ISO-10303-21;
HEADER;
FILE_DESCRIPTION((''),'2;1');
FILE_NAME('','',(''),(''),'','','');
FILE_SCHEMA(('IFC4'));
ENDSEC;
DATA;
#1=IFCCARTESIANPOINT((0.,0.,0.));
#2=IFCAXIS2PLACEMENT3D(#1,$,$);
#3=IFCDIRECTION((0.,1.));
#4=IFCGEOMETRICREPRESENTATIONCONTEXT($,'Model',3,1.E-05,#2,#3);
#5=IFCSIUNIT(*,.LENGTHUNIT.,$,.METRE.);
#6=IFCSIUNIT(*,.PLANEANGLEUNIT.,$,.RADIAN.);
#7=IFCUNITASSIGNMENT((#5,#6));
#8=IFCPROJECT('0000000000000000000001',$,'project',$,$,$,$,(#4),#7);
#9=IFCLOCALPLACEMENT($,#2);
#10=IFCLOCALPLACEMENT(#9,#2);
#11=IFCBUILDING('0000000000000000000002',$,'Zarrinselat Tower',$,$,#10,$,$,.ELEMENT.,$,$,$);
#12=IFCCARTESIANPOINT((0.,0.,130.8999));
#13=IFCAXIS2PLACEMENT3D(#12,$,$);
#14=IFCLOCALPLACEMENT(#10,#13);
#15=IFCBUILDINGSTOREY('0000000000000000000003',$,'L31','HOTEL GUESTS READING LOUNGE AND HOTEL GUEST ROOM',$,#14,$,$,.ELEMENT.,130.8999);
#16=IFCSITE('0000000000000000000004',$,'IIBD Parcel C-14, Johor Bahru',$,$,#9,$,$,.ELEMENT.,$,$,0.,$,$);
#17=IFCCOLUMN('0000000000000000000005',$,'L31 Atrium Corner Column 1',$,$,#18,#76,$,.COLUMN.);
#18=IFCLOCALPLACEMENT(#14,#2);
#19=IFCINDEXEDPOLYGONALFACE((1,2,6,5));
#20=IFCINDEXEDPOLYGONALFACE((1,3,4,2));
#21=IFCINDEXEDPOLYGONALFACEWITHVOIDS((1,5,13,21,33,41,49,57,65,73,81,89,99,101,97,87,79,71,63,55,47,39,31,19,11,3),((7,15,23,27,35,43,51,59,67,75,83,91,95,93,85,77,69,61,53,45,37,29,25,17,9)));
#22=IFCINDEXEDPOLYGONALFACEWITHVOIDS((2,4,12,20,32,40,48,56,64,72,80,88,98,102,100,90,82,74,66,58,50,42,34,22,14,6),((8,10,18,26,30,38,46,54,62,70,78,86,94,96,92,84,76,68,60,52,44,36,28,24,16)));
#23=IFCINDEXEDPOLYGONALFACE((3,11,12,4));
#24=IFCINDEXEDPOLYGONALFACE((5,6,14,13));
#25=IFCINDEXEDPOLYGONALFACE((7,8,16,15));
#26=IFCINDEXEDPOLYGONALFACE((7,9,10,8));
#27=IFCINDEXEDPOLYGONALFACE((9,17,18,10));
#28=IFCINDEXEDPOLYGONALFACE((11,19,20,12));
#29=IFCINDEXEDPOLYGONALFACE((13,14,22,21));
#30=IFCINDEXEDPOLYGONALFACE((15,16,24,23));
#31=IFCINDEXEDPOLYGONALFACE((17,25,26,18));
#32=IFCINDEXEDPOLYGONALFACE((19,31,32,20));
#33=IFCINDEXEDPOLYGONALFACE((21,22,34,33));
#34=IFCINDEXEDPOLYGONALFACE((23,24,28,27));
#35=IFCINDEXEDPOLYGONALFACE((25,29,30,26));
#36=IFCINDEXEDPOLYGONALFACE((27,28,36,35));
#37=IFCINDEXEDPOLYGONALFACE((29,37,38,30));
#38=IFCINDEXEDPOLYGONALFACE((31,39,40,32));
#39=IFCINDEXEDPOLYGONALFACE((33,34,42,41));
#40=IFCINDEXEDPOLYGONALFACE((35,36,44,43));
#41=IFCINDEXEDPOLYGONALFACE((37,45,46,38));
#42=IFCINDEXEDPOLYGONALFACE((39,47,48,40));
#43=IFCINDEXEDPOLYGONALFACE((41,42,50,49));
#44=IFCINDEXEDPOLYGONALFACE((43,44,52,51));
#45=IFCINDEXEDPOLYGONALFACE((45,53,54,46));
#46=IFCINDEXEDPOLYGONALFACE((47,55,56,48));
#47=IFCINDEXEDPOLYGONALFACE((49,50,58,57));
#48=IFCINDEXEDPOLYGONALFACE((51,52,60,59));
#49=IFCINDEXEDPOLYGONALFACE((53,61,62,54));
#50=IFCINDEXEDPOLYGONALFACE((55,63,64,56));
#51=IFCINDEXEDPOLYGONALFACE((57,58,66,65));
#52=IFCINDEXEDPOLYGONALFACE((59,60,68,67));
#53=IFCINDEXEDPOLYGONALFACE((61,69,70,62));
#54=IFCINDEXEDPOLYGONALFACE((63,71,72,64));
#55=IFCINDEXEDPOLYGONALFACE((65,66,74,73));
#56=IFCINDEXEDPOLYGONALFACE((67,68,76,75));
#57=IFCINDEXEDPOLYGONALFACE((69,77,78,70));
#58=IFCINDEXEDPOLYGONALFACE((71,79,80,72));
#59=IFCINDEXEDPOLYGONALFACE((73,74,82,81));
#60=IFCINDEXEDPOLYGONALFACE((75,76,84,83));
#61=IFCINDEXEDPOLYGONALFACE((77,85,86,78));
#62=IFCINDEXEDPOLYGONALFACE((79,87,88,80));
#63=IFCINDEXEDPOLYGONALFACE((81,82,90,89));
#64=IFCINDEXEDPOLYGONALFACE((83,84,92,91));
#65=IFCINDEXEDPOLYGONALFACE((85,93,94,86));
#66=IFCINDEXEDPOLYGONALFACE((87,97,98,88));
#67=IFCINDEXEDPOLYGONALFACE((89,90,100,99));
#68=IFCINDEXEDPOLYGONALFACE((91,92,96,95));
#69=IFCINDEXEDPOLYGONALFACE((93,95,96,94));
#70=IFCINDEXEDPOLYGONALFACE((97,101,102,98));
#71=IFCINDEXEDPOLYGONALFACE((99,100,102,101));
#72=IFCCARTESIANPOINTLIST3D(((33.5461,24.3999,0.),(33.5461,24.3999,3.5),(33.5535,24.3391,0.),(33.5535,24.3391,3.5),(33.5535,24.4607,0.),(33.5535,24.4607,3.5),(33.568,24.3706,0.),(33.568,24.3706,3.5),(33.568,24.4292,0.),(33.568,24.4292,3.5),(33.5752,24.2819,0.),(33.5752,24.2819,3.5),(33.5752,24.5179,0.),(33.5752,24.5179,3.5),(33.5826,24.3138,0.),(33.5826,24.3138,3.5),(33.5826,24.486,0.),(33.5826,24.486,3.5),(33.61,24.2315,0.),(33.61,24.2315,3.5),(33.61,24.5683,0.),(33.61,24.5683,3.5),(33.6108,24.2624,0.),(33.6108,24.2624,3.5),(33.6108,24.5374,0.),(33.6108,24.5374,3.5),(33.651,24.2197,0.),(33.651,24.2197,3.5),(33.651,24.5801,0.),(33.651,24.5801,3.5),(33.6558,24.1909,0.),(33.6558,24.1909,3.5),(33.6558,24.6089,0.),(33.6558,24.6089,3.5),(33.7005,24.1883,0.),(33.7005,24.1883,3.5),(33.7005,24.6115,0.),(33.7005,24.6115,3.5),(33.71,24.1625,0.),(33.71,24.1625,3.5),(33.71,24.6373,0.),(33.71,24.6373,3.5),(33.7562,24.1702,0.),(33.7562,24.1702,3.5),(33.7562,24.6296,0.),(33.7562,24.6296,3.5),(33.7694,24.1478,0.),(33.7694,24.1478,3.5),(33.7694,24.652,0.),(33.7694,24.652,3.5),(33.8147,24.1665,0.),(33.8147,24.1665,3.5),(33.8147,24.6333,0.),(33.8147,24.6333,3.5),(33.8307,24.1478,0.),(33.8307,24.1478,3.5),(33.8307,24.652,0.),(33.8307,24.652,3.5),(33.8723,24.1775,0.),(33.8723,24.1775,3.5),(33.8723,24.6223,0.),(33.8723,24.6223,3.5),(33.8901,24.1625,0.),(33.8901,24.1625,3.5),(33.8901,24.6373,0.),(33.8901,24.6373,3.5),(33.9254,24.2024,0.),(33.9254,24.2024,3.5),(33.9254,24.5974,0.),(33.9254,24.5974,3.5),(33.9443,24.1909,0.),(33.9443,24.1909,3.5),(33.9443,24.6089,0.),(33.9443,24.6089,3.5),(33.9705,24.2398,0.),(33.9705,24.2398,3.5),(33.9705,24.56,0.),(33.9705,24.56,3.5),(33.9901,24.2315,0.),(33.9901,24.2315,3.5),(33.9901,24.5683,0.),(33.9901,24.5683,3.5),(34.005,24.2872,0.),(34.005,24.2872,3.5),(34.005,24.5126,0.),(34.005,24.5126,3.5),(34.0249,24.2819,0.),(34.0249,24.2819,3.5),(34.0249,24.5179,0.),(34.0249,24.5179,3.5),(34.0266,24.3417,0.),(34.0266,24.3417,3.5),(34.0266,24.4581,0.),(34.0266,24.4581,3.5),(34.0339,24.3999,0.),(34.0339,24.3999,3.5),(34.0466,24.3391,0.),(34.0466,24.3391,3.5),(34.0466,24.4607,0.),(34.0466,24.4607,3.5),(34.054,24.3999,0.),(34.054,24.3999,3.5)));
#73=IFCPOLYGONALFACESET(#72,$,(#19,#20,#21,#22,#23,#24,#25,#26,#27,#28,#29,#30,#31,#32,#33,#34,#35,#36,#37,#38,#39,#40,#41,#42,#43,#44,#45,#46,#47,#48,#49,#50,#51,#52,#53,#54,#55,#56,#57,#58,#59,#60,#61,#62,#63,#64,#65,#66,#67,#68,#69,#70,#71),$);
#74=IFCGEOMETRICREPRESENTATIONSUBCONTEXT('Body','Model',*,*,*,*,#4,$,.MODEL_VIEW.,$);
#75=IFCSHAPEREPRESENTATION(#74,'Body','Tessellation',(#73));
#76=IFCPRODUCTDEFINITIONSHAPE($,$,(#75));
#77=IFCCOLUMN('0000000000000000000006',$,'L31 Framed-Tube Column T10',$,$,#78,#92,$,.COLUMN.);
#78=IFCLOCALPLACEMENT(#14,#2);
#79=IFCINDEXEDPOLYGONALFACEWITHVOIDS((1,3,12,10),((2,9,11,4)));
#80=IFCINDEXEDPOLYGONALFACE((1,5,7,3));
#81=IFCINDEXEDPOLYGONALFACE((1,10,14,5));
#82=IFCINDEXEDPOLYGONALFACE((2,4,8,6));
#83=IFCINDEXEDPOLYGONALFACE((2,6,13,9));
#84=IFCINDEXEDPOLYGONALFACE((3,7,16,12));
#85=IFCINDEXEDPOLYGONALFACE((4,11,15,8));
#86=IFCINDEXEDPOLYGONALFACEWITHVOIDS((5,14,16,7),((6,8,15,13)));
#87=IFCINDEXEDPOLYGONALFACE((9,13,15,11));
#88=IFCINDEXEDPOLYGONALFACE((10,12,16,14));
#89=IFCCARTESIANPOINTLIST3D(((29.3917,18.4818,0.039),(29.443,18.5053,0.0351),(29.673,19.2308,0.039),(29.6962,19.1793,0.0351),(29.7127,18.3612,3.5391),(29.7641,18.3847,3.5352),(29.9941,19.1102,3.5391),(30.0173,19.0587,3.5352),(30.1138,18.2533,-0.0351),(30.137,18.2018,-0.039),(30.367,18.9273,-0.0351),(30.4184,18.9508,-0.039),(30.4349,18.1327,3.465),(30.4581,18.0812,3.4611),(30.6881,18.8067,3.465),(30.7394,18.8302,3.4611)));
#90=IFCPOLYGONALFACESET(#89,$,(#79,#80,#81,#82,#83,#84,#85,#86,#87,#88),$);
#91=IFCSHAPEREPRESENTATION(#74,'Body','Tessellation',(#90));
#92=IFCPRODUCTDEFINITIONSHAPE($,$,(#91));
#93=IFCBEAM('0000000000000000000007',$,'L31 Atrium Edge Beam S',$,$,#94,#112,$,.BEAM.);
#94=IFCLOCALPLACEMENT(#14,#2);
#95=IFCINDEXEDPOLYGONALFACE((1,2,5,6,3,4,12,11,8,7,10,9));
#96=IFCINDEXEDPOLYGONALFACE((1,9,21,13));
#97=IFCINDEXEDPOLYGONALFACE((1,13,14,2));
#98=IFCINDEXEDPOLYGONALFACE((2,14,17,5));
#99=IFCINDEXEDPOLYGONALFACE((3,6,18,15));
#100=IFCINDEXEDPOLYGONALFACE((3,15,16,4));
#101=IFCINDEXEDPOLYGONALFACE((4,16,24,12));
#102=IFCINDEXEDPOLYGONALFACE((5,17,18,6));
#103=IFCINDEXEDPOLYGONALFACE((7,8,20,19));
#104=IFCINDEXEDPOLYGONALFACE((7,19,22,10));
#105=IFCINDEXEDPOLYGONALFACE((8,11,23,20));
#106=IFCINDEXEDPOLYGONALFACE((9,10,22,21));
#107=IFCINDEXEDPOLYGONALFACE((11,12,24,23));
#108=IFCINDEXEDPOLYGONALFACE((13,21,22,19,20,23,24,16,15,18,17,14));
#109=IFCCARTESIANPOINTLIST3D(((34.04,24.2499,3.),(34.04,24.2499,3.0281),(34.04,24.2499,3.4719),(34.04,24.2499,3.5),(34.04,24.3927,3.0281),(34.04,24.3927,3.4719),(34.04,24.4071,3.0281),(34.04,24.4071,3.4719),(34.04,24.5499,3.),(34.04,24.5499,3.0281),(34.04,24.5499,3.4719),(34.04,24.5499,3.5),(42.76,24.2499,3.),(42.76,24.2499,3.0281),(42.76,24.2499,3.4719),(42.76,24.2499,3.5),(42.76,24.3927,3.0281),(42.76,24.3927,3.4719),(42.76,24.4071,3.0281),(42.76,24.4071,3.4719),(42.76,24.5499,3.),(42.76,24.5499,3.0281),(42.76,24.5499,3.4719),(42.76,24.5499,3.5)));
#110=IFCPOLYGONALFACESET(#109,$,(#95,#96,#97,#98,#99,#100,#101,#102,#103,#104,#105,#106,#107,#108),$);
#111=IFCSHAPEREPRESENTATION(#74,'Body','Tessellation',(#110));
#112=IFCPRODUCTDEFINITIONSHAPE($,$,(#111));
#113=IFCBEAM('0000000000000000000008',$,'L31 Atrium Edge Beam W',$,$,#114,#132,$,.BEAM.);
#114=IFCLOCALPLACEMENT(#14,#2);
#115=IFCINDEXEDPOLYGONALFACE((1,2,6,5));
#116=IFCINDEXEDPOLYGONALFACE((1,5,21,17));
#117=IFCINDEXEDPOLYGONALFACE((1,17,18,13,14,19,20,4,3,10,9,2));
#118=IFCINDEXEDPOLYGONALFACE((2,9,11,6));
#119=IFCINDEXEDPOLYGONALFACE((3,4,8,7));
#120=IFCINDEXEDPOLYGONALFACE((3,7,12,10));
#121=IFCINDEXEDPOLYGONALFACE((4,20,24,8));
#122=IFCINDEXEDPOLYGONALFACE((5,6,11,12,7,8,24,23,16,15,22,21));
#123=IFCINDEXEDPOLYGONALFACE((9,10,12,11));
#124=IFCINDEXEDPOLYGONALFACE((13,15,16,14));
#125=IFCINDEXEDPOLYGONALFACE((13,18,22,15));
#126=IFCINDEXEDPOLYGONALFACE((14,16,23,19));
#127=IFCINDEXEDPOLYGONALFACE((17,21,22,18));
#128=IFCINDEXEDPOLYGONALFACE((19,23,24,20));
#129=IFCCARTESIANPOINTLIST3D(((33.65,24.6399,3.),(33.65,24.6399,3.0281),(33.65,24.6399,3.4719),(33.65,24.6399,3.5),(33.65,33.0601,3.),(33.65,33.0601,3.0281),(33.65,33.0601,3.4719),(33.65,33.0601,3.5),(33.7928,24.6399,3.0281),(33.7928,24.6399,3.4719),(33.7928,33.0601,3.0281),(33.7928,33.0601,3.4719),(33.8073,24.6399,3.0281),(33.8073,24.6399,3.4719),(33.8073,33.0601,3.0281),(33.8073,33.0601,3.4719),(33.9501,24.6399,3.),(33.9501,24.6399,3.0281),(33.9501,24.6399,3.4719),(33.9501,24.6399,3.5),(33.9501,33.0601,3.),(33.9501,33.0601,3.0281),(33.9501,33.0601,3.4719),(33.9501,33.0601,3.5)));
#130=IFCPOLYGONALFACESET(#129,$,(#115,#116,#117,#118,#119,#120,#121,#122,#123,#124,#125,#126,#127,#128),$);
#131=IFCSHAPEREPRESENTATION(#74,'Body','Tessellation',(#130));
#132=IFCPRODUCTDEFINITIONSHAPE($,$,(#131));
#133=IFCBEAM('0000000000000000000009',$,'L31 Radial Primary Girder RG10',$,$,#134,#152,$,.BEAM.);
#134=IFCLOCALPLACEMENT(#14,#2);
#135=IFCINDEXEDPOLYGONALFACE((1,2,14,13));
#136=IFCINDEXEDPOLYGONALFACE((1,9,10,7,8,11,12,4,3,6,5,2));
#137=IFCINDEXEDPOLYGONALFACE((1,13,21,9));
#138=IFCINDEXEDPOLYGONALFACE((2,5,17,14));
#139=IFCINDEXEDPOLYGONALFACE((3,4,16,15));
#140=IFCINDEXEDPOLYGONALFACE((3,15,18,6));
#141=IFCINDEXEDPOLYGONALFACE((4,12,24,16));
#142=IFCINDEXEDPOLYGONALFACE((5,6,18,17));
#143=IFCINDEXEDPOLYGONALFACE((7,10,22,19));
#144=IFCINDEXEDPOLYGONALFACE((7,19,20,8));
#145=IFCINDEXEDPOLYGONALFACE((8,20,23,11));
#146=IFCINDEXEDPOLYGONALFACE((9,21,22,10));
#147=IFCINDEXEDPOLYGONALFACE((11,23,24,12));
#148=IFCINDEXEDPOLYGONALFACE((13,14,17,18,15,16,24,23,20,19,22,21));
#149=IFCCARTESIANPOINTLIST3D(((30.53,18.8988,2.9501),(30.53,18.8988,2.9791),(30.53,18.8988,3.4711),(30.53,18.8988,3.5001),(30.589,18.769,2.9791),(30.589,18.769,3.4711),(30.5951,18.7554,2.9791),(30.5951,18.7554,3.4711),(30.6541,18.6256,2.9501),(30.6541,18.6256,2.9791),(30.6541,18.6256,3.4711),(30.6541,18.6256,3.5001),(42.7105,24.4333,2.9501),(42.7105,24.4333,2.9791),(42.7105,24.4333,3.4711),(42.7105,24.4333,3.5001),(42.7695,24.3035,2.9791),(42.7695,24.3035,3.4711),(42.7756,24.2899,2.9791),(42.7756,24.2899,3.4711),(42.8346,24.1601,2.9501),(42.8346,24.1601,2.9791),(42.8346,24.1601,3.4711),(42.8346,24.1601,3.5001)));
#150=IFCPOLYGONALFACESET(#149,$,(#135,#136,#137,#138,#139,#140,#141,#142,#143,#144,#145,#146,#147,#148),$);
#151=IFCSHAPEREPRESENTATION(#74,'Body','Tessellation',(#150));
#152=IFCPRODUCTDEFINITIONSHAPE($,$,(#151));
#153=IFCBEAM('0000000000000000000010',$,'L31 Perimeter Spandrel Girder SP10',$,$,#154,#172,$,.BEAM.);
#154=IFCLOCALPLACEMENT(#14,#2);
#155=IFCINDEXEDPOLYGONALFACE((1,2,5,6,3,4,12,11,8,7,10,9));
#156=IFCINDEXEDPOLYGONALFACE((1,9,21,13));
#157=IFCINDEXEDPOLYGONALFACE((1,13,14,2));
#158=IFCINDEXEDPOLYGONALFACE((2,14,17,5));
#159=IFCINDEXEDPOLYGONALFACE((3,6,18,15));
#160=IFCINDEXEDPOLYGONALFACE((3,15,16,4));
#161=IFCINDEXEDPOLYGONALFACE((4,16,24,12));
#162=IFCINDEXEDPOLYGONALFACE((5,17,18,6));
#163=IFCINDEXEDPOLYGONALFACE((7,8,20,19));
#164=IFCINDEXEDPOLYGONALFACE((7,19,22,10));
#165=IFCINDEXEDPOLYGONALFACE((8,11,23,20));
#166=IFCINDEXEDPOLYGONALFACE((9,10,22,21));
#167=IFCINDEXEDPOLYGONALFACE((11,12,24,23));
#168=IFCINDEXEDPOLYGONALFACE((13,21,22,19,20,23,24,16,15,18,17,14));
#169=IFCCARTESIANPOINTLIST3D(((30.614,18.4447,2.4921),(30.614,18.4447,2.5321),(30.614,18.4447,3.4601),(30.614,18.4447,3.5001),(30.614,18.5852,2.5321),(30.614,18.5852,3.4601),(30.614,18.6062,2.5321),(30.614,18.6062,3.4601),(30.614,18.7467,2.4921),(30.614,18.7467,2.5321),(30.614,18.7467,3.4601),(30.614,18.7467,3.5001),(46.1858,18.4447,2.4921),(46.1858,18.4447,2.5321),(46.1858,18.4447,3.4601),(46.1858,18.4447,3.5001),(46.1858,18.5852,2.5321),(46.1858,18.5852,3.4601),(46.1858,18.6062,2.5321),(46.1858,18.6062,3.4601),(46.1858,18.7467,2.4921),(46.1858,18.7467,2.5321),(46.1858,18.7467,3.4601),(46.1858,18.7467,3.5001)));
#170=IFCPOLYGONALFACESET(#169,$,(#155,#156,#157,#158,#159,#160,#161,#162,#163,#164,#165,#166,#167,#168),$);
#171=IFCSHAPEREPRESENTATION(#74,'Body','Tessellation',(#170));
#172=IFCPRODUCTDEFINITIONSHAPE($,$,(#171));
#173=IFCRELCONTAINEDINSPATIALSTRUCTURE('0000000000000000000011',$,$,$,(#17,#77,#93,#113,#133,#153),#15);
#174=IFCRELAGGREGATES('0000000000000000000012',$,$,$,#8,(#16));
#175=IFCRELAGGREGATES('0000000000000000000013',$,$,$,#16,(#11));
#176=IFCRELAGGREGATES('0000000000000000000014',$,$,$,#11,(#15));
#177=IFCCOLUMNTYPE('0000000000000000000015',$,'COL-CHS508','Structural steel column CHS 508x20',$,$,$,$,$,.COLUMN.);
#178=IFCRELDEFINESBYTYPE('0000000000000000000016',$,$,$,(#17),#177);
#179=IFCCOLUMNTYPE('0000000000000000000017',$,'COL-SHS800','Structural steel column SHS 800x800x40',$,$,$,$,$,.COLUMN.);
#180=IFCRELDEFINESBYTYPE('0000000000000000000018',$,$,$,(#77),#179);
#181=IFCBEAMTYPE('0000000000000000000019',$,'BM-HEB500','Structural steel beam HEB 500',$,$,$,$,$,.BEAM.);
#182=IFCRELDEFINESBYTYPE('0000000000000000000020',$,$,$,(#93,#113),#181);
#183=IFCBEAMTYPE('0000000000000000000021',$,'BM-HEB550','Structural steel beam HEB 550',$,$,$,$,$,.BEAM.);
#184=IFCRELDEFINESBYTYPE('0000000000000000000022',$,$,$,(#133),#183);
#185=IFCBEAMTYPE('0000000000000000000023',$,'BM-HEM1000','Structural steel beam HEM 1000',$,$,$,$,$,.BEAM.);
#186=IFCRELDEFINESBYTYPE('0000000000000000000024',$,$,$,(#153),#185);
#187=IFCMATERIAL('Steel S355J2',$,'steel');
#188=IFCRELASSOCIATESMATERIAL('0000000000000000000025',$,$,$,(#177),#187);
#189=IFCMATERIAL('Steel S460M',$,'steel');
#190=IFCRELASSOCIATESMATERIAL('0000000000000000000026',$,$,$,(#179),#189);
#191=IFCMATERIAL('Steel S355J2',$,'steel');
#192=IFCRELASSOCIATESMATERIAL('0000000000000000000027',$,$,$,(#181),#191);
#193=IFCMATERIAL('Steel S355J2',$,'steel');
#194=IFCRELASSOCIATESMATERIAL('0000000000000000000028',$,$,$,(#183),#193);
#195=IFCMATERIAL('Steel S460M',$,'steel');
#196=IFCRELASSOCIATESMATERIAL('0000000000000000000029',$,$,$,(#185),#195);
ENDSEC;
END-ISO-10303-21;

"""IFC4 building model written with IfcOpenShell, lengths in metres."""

from ifc_helpers import new_model, si_unit, direction, frame, origin, origin_2d, place, context, subcontext, project, spatial, hollow_rectangle, hollow_circle, i_section, extrude, material, material_profile, profile_set, type_object, element, save


model = new_model("IFC4")

# Units and contexts
model_context = context("Model", 3, precision=1e-05, world=origin(), true_north=direction((0.0, 1.0)))
body_context = subcontext(model_context, "Body", "Model", "MODEL_VIEW")
ifc_project = project(units=[si_unit("LENGTHUNIT", "METRE"), si_unit("PLANEANGLEUNIT", "RADIAN")], contexts=[model_context])

# Site, building, storey
site_placement = place(None, origin())
site = spatial("IfcSite", under=ifc_project, at=site_placement, Name="IIBD Parcel C-14, Johor Bahru", CompositionType="ELEMENT", RefElevation=0.0)
building_placement = place(site_placement, origin())
building = spatial("IfcBuilding", under=site, at=building_placement, Name="Zarrinselat Tower", CompositionType="ELEMENT")
storey_placement = place(building_placement, frame((0.0, 0.0, 130.8999)))
storey = spatial("IfcBuildingStorey", under=building, at=storey_placement, Name="L31", Description="HOTEL GUESTS READING LOUNGE AND HOTEL GUEST ROOM", CompositionType="ELEMENT", Elevation=130.8999)

# Columns
ifc_material_1 = material(Name="Steel S355J2", Category="steel")
ifc_material_profile_1 = material_profile(ifc_material_1, hollow_circle(Radius=0.2539, WallThickness=0.02, at=origin_2d()), Name="CHS 508x20")
ifc_profile_set_1 = profile_set([ifc_material_profile_1], Name="Steel S355J2")
column_type_1 = type_object("IfcColumnType", Name="COL-CHS508", Description="Structural steel column CHS 508x20", PredefinedType="COLUMN", material=ifc_profile_set_1)
column_1_placement = place(storey_placement, frame((33.8, 24.3999, 0.0), z_axis=(0.0, 0.0, 1.0), x_axis=(1.0, 0.0, 0.0)))
element("IfcColumn", 1, at=column_1_placement, inside=storey, type_object=column_type_1, Name="L31 Atrium Corner Column 1", PredefinedType="COLUMN", context=body_context, shape_type="SweptSolid", body=[
    extrude(hollow_circle(Radius=0.2539, WallThickness=0.02, at=origin_2d()), origin(), (0.0, 0.0, 1.0), 3.5),
])
ifc_material_2 = material(Name="Steel S460M", Category="steel")
ifc_material_profile_2 = material_profile(ifc_material_2, hollow_rectangle(XDim=0.8, YDim=0.8, WallThickness=0.04, at=origin_2d()), Name="SHS 800x800x40")
ifc_profile_set_2 = profile_set([ifc_material_profile_2], Name="Steel S460M")
column_type_2 = type_object("IfcColumnType", Name="COL-SHS800", Description="Structural steel column SHS 800x800x40", PredefinedType="COLUMN", material=ifc_profile_set_2)
column_2_placement = place(storey_placement, frame((29.905, 18.7163, 0.0), z_axis=(0.09129, -0.034294, 0.995234), x_axis=(0.351669, 0.936124, 0.0)))
element("IfcColumn", 2, at=column_2_placement, inside=storey, type_object=column_type_2, Name="L31 Framed-Tube Column T10", PredefinedType="COLUMN", context=body_context, shape_type="SweptSolid", body=[
    extrude(hollow_rectangle(XDim=0.8, YDim=0.8, WallThickness=0.04, at=origin_2d()), origin(), (0.0, 0.0, 1.0), 3.5168),
])

# Beams
ifc_material_3 = material(Name="Steel S355J2", Category="steel")
ifc_material_profile_3 = material_profile(ifc_material_3, i_section(OverallWidth=0.3, OverallDepth=0.5, WebThickness=0.0144, FlangeThickness=0.0281, at=origin_2d()), Name="HEB 500")
ifc_profile_set_3 = profile_set([ifc_material_profile_3], Name="Steel S355J2")
beam_type_1 = type_object("IfcBeamType", Name="BM-HEB500", Description="Structural steel beam HEB 500", PredefinedType="BEAM", material=ifc_profile_set_3)
beam_1_placement = place(storey_placement, frame((34.04, 24.3999, 3.25), z_axis=(1.0, 0.0, 0.0), x_axis=(0.0, 1.0, 0.0)))
element("IfcBeam", 3, at=beam_1_placement, inside=storey, type_object=beam_type_1, Name="L31 Atrium Edge Beam S", PredefinedType="BEAM", context=body_context, shape_type="SweptSolid", body=[
    extrude(i_section(OverallWidth=0.3, OverallDepth=0.5, WebThickness=0.0144, FlangeThickness=0.0281, at=origin_2d()), origin(), (0.0, 0.0, 1.0), 8.72),
])
beam_2_placement = place(storey_placement, frame((33.8, 24.6399, 3.25), z_axis=(0.0, 1.0, 0.0), x_axis=(-1.0, 0.0, 0.0)))
element("IfcBeam", 4, at=beam_2_placement, inside=storey, type_object=beam_type_1, Name="L31 Atrium Edge Beam W", PredefinedType="BEAM", context=body_context, shape_type="SweptSolid", body=[
    extrude(i_section(OverallWidth=0.3, OverallDepth=0.5, WebThickness=0.0144, FlangeThickness=0.0281, at=origin_2d()), origin(), (0.0, 0.0, 1.0), 8.4202),
])
ifc_material_4 = material(Name="Steel S355J2", Category="steel")
ifc_material_profile_4 = material_profile(ifc_material_4, i_section(OverallWidth=0.3, OverallDepth=0.55, WebThickness=0.0149, FlangeThickness=0.0291, at=origin_2d()), Name="HEB 550")
ifc_profile_set_4 = profile_set([ifc_material_profile_4], Name="Steel S355J2")
beam_type_2 = type_object("IfcBeamType", Name="BM-HEB550", Description="Structural steel beam HEB 550", PredefinedType="BEAM", material=ifc_profile_set_4)
beam_3_placement = place(storey_placement, frame((30.592, 18.7622, 3.2251), z_axis=(0.910426, 0.413671, 0.0), x_axis=(-0.413671, 0.910426, 0.0)))
element("IfcBeam", 5, at=beam_3_placement, inside=storey, type_object=beam_type_2, Name="L31 Radial Primary Girder RG10", PredefinedType="BEAM", context=body_context, shape_type="SweptSolid", body=[
    extrude(i_section(OverallWidth=0.3, OverallDepth=0.55, WebThickness=0.0149, FlangeThickness=0.0291, at=origin_2d()), origin(), (0.0, 0.0, 1.0), 13.3789),
])
ifc_material_5 = material(Name="Steel S460M", Category="steel")
ifc_material_profile_5 = material_profile(ifc_material_5, i_section(OverallWidth=0.302, OverallDepth=1.0081, WebThickness=0.021, FlangeThickness=0.04, at=origin_2d()), Name="HEM 1000")
ifc_profile_set_5 = profile_set([ifc_material_profile_5], Name="Steel S460M")
beam_type_3 = type_object("IfcBeamType", Name="BM-HEM1000", Description="Structural steel beam HEM 1000", PredefinedType="BEAM", material=ifc_profile_set_5)
beam_4_placement = place(storey_placement, frame((30.614, 18.5957, 2.9961), z_axis=(1.0, 0.0, 0.0), x_axis=(0.0, 1.0, 0.0)))
element("IfcBeam", 6, at=beam_4_placement, inside=storey, type_object=beam_type_3, Name="L31 Perimeter Spandrel Girder SP10", PredefinedType="BEAM", context=body_context, shape_type="SweptSolid", body=[
    extrude(i_section(OverallWidth=0.302, OverallDepth=1.0081, WebThickness=0.021, FlangeThickness=0.04, at=origin_2d()), origin(), (0.0, 0.0, 1.0), 15.5718),
])

save(model, "model.ifc")
